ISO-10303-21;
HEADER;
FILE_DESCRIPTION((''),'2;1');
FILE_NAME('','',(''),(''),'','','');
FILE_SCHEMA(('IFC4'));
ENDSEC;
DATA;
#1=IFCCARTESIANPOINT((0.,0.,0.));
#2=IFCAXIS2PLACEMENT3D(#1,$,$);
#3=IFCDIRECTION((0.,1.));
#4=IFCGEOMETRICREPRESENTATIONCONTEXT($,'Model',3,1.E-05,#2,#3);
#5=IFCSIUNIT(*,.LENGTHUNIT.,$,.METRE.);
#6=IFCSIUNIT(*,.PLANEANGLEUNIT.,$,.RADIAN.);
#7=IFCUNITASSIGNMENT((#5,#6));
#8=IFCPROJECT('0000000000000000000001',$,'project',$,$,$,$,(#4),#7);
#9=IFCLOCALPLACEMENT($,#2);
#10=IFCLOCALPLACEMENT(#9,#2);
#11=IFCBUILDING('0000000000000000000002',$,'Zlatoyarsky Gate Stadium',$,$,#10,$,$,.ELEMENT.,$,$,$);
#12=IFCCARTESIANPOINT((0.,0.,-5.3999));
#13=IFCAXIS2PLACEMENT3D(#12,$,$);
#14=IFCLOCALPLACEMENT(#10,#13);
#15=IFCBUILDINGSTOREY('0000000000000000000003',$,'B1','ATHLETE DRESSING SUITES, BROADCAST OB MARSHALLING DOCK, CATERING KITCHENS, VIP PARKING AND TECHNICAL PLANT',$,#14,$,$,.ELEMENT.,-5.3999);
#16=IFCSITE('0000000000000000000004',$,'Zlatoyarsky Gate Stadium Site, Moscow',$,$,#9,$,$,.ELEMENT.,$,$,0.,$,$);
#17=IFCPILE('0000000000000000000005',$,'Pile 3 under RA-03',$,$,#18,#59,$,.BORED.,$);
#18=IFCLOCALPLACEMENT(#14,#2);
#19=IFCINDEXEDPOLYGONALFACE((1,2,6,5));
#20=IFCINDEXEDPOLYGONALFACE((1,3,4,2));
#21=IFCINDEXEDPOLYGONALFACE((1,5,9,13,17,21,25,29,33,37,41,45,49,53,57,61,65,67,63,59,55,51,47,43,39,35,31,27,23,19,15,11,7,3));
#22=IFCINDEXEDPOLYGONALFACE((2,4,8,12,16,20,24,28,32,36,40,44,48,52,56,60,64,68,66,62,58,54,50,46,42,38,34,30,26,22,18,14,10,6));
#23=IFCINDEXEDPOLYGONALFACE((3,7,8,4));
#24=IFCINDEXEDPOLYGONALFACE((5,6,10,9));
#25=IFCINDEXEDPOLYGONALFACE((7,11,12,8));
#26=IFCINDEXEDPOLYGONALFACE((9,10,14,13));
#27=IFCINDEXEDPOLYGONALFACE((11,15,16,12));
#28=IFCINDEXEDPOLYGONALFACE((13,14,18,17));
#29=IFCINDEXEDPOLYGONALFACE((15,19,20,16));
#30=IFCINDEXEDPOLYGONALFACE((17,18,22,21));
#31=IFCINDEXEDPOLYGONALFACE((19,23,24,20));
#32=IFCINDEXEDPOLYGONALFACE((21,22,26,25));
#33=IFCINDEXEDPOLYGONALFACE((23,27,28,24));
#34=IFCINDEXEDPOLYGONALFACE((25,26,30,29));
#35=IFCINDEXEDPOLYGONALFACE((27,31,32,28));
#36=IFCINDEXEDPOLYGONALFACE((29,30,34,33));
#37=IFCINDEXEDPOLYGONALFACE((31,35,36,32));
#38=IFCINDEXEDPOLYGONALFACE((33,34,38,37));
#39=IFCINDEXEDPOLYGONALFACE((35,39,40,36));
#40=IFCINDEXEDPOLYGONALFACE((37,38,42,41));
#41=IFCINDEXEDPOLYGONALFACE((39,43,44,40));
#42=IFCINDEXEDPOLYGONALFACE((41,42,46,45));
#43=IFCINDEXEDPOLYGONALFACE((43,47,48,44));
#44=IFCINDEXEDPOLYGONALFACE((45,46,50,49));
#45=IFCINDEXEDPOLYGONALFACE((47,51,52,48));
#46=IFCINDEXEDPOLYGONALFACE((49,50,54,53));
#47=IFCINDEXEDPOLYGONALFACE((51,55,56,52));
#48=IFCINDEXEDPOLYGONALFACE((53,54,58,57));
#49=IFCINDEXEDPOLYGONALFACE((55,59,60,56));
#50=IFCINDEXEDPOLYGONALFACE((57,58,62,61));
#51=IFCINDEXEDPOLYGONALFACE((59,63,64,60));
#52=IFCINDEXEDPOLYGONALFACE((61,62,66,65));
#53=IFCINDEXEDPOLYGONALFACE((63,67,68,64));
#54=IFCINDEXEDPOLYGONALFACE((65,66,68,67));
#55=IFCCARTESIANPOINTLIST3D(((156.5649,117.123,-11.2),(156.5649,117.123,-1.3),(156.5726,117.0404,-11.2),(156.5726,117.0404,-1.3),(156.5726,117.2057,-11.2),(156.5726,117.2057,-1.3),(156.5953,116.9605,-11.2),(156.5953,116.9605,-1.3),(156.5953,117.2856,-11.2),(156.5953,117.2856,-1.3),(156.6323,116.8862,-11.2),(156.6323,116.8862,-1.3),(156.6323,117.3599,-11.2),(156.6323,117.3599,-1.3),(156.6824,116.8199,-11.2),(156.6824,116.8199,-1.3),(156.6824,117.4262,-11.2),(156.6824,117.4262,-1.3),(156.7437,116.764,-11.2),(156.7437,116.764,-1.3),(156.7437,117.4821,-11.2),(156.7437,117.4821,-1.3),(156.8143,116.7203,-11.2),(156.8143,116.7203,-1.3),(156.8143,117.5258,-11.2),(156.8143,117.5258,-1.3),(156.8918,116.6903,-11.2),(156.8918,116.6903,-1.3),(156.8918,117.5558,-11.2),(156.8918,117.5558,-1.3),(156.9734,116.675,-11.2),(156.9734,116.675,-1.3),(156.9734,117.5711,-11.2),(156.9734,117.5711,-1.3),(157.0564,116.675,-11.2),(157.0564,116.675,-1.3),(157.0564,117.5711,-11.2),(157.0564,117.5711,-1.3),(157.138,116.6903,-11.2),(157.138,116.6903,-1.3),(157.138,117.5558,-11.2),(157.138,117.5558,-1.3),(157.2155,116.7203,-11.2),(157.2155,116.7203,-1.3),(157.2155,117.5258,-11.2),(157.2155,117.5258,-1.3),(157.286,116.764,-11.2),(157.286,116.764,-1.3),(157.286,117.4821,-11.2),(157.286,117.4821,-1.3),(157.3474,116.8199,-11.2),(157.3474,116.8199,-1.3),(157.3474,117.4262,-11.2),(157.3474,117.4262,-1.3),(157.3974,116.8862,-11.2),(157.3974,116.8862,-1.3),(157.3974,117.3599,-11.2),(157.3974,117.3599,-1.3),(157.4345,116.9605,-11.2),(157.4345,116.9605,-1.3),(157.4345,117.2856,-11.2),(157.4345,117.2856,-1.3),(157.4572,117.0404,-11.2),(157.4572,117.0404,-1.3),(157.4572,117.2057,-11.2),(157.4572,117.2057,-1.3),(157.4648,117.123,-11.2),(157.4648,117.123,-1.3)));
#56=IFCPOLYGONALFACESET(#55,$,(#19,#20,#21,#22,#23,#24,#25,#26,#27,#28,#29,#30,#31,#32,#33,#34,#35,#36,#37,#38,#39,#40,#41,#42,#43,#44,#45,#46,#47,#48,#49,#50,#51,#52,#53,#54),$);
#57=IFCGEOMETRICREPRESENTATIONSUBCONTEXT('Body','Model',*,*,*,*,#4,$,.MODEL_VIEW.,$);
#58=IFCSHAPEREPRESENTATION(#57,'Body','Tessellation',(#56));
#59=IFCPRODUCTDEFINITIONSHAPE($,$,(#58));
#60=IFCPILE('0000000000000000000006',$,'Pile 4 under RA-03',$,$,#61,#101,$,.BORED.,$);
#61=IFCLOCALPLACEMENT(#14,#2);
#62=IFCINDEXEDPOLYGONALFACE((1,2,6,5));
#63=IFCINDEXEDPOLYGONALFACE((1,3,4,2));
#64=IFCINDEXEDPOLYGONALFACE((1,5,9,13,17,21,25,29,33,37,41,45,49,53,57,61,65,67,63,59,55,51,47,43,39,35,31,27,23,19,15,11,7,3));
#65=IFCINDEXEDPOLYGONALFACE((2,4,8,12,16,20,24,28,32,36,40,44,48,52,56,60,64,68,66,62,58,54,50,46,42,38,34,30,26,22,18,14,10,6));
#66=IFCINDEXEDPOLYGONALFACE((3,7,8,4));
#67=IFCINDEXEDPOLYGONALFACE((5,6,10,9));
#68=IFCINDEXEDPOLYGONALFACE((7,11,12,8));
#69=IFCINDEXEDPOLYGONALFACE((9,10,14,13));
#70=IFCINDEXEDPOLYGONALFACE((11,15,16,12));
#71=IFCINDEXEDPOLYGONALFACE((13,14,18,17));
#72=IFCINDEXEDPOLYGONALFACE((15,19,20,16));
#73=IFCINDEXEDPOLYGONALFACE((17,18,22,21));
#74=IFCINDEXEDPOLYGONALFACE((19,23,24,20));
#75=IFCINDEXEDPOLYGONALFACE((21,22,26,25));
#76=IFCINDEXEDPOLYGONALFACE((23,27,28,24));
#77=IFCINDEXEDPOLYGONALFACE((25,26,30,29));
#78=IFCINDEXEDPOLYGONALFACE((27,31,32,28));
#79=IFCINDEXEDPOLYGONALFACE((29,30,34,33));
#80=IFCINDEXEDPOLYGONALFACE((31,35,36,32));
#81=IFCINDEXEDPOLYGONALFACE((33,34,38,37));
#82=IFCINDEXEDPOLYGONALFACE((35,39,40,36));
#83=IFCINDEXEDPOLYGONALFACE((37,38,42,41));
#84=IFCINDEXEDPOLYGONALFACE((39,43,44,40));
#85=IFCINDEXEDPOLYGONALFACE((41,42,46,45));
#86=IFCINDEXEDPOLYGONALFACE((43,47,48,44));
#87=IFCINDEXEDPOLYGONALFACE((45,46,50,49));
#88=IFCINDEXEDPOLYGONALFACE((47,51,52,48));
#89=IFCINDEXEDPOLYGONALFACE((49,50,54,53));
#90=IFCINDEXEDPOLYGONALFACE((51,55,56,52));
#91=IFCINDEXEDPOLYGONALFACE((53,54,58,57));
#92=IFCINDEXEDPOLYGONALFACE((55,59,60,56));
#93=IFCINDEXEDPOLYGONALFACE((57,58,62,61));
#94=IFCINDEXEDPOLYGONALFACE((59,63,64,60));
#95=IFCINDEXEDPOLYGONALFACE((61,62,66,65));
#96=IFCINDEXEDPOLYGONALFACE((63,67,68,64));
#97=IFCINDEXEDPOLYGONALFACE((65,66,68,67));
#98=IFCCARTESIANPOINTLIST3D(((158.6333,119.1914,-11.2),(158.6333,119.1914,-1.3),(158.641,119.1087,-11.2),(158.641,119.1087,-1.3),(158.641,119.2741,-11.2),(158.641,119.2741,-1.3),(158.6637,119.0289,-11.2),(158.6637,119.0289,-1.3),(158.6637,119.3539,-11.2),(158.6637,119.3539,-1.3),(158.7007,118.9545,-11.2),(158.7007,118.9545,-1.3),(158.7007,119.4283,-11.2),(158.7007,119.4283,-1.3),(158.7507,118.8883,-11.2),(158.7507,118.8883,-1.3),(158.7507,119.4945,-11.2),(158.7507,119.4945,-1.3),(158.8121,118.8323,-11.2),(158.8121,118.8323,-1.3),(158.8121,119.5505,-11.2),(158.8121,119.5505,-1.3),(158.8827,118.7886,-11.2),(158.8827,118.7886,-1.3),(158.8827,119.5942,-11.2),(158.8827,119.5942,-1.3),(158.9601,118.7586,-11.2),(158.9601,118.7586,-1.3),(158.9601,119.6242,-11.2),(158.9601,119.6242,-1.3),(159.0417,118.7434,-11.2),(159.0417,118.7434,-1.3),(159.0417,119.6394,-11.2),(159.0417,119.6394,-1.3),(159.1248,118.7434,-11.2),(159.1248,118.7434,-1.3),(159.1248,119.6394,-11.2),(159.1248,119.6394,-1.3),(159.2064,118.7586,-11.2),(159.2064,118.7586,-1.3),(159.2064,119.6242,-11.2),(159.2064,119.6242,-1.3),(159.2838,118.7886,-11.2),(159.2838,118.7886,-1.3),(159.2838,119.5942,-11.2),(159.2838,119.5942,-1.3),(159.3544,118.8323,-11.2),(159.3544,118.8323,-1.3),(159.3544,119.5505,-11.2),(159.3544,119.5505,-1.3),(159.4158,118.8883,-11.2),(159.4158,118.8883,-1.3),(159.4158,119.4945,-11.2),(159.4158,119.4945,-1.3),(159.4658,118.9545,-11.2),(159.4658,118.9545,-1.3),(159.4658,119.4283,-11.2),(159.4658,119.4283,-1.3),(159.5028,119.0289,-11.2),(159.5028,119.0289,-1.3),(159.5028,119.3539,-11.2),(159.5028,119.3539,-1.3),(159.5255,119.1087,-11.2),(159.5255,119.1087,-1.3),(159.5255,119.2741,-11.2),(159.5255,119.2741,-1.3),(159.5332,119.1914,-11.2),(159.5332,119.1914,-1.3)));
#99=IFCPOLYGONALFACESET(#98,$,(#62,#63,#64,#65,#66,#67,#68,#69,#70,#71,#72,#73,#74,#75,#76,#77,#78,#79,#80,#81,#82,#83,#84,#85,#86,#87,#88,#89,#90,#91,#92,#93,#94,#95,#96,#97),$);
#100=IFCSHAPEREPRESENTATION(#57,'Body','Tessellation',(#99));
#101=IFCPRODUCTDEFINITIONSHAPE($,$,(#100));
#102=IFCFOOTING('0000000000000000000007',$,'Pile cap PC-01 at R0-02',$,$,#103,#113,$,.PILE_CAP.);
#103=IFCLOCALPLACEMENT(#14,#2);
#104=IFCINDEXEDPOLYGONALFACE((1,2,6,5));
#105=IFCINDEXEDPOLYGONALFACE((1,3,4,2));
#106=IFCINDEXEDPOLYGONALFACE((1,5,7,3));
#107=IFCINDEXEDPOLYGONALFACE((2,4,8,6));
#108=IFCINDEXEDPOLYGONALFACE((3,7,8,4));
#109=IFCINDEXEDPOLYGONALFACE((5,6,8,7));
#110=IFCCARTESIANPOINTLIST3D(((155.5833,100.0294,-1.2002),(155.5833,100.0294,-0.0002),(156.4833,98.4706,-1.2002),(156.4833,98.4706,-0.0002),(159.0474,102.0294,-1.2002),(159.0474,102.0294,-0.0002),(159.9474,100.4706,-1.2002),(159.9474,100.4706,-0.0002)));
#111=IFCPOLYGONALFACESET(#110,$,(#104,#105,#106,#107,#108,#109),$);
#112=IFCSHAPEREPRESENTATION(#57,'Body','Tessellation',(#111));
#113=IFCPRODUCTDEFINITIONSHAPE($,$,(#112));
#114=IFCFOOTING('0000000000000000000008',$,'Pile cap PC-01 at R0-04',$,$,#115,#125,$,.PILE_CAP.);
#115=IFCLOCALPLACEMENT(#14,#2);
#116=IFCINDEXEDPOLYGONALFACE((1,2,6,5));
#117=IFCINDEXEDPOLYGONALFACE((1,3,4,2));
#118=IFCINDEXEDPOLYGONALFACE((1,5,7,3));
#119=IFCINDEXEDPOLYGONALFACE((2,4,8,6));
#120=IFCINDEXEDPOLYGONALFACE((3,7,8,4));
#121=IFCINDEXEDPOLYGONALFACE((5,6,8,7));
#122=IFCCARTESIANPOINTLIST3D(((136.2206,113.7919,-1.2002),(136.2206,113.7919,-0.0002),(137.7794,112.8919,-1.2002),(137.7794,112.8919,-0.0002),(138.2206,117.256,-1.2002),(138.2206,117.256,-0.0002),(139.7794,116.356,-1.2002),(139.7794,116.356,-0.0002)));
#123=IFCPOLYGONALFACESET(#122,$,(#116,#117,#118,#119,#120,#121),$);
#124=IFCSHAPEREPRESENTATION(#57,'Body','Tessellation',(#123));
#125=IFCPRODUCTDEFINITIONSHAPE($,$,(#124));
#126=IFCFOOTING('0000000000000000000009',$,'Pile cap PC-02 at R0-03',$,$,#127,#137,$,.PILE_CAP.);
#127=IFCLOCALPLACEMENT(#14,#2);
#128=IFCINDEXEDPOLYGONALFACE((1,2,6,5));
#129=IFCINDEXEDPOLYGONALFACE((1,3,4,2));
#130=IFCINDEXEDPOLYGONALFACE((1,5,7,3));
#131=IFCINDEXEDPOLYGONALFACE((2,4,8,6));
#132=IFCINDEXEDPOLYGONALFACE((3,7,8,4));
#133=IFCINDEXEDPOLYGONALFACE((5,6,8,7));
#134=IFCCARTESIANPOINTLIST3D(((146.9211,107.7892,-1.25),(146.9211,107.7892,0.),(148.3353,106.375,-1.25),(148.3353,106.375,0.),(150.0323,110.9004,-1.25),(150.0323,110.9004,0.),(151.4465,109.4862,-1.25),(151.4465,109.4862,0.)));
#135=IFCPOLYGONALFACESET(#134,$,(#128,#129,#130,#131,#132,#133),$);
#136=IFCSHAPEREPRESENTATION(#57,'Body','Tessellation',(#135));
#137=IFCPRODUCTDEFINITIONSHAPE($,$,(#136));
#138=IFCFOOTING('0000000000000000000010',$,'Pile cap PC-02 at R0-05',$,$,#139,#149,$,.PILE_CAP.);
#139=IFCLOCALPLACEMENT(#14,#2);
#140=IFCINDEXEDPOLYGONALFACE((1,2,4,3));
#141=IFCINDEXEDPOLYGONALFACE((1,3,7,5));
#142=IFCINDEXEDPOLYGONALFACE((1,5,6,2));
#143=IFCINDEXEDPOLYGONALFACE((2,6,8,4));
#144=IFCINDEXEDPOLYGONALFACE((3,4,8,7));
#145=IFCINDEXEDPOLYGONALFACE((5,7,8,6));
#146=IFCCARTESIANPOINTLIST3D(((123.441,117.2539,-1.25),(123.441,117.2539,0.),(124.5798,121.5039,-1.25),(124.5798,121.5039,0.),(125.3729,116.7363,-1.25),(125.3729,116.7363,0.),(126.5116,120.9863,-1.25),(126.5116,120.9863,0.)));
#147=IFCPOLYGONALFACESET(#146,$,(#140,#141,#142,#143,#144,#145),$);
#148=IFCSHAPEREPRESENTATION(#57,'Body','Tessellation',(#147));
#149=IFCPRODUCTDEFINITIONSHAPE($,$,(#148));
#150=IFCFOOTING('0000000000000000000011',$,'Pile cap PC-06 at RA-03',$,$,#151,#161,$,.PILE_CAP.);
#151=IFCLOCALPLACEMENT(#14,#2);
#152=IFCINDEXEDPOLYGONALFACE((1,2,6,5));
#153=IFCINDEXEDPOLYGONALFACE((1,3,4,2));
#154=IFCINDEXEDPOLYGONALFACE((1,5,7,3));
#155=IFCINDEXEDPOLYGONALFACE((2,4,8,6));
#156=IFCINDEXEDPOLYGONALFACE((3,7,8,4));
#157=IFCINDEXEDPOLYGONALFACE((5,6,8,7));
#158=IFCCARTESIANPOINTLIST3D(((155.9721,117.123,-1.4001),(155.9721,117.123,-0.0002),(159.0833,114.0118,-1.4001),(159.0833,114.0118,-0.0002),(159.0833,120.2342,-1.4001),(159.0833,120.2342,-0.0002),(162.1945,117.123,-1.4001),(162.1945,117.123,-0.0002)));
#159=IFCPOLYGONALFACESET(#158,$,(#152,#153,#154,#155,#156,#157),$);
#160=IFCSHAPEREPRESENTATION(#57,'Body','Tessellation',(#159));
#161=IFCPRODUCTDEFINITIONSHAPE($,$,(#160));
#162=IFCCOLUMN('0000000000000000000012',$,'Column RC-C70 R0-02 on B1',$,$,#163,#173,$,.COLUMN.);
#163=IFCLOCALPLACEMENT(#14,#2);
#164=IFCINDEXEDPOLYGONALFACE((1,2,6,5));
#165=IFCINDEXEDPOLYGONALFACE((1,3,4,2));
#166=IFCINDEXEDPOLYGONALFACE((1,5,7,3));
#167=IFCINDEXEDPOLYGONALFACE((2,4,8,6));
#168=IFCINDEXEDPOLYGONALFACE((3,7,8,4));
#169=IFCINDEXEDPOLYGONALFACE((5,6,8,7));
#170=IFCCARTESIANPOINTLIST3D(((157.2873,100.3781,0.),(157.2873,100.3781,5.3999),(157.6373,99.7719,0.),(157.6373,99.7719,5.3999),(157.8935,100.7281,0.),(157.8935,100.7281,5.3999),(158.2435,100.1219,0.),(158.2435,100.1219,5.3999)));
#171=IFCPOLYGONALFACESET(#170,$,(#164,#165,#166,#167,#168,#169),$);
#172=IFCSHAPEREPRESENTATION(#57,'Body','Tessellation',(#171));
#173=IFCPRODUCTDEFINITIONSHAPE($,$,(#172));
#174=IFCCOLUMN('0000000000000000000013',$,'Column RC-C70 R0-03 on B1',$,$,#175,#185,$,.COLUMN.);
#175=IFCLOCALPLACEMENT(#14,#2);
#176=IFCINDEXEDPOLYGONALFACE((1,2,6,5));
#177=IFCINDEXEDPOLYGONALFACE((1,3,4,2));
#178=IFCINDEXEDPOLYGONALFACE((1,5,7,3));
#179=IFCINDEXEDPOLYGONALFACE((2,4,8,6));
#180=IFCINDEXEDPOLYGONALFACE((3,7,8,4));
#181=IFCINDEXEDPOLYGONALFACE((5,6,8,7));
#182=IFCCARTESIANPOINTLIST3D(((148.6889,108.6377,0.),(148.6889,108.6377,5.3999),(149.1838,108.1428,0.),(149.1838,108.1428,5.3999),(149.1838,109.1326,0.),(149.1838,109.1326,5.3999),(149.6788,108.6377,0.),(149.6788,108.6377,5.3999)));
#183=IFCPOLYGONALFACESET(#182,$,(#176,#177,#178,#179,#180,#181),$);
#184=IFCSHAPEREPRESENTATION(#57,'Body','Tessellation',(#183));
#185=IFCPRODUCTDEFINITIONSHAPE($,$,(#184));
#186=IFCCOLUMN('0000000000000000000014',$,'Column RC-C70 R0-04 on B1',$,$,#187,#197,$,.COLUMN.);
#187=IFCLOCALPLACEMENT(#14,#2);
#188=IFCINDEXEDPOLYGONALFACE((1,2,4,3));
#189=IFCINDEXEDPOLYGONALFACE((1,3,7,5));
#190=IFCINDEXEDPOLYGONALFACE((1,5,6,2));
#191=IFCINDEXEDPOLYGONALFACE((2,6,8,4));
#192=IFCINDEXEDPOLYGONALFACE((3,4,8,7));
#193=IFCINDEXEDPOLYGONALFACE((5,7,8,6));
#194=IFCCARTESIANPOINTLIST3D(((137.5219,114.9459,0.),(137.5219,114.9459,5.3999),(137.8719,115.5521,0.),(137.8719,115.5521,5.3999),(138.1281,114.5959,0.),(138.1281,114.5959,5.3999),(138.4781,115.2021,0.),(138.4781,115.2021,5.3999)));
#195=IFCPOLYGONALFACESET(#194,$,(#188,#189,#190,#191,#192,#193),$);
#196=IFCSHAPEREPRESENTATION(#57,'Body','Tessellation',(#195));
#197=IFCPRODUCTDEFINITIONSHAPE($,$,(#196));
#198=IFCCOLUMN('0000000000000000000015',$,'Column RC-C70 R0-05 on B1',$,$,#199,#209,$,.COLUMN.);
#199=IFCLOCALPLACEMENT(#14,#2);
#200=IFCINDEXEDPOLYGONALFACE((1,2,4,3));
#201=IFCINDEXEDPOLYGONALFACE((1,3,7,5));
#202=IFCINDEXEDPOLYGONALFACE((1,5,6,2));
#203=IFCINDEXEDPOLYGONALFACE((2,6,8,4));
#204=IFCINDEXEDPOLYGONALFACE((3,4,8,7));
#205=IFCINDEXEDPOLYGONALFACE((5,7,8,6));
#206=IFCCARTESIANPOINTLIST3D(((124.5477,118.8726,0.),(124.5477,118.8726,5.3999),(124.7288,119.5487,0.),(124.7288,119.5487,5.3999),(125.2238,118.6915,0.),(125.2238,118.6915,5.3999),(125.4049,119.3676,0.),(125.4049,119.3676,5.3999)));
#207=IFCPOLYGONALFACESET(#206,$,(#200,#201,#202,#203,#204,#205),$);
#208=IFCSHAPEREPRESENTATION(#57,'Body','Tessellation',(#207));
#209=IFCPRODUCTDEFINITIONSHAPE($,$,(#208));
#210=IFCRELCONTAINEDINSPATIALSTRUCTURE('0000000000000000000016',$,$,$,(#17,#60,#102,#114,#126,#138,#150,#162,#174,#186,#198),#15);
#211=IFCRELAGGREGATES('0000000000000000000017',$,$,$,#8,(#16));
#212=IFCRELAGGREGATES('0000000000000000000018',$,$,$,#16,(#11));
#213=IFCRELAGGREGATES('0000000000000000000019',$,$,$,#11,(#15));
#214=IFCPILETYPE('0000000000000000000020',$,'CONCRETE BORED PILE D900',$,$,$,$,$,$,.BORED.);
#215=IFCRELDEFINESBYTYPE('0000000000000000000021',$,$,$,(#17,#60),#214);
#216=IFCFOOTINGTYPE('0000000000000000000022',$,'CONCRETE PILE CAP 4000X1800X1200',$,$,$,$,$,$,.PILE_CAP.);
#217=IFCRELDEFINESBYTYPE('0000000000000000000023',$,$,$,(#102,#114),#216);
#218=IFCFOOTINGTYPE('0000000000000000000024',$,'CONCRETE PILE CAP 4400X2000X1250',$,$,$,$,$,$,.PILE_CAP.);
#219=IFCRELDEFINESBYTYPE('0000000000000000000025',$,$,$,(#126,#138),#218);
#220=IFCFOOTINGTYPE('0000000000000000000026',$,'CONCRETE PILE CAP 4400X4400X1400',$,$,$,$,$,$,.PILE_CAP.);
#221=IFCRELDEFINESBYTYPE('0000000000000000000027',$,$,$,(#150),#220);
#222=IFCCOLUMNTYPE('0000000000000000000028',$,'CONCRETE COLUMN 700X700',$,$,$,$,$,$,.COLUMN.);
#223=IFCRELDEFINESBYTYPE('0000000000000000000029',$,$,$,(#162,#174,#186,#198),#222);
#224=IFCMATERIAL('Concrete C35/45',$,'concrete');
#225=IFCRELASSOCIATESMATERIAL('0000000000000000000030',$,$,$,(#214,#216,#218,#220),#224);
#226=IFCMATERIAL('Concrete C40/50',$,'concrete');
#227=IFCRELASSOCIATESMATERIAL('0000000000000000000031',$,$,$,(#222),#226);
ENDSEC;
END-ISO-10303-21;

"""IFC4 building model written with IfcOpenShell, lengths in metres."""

from ifc_helpers import new_model, si_unit, direction, frame, origin, origin_2d, place, context, subcontext, project, spatial, rectangle, circle, extrude, material, material_profile, profile_set, type_object, element, save


model = new_model("IFC4")

# Units and contexts
model_context = context("Model", 3, precision=1e-05, world=origin(), true_north=direction((0.0, 1.0)))
body_context = subcontext(model_context, "Body", "Model", "MODEL_VIEW")
ifc_project = project(units=[si_unit("LENGTHUNIT", "METRE"), si_unit("PLANEANGLEUNIT", "RADIAN")], contexts=[model_context])

# Site, building, storey
site_placement = place(None, origin())
site = spatial("IfcSite", under=ifc_project, at=site_placement, Name="Zlatoyarsky Gate Stadium Site, Moscow", CompositionType="ELEMENT", RefElevation=0.0)
building_placement = place(site_placement, origin())
building = spatial("IfcBuilding", under=site, at=building_placement, Name="Zlatoyarsky Gate Stadium", CompositionType="ELEMENT")
storey_placement = place(building_placement, frame((0.0, 0.0, -5.3999)))
storey = spatial("IfcBuildingStorey", under=building, at=storey_placement, Name="B1", Description="ATHLETE DRESSING SUITES, BROADCAST OB MARSHALLING DOCK, CATERING KITCHENS, VIP PARKING AND TECHNICAL PLANT", CompositionType="ELEMENT", Elevation=-5.3999)

# Piles
ifc_material_1 = material(Name="Concrete C35/45", Category="concrete")
ifc_material_profile_1 = material_profile(ifc_material_1, circle(Radius=0.45, at=origin_2d()), Name="BORED PILE D900")
ifc_profile_set_1 = profile_set([ifc_material_profile_1], Name="Concrete C35/45")
pile_type_1 = type_object("IfcPileType", Name="CONCRETE BORED PILE D900", PredefinedType="BORED", material=ifc_profile_set_1)
for number, where, z_axis, x_axis, name in (
    (1, (157.0149, 117.123, -1.3), (0.0, 0.0, -1.0), (1.0, 0.0, 0.0), "Pile 3 under RA-03"),
    (2, (159.0833, 119.1914, -1.3), (0.0, 0.0, -1.0), (1.0, 0.0, 0.0), "Pile 4 under RA-03"),
):
    element("IfcPile", number, at=place(storey_placement, frame(where, z_axis=z_axis, x_axis=x_axis)), inside=storey, type_object=pile_type_1, Name=name, PredefinedType="BORED", context=body_context, shape_type="SweptSolid", body=[
        extrude(circle(Radius=0.45, at=origin_2d()), origin(), (0.0, 0.0, 1.0), 9.8999),
    ])

# Footings
footing_type_1 = type_object("IfcFootingType", Name="CONCRETE PILE CAP 4000X1800X1200", PredefinedType="PILE_CAP", material=ifc_material_1)
for number, where, z_axis, x_axis, name in (
    (3, (157.7654, 100.25, -1.2002), (0.0, 0.0, 1.0), (0.866025, 0.5, 0.0), "Pile cap PC-01 at R0-02"),
    (4, (138.0, 115.074, -1.2002), (0.0, 0.0, 1.0), (0.5, 0.866025, 0.0), "Pile cap PC-01 at R0-04"),
):
    element("IfcFooting", number, at=place(storey_placement, frame(where, z_axis=z_axis, x_axis=x_axis)), inside=storey, type_object=footing_type_1, Name=name, PredefinedType="PILE_CAP", context=body_context, shape_type="SweptSolid", body=[
        extrude(rectangle(XDim=4.0, YDim=1.8, at=origin_2d()), origin(), (0.0, 0.0, 1.0), 1.2),
    ])
footing_type_2 = type_object("IfcFootingType", Name="CONCRETE PILE CAP 4400X2000X1250", PredefinedType="PILE_CAP", material=ifc_material_1)
for number, where, z_axis, x_axis, name in (
    (5, (149.1838, 108.6377, -1.25), (0.0, 0.0, 1.0), (0.707107, 0.707107, 0.0), "Pile cap PC-02 at R0-03"),
    (6, (124.9763, 119.1201, -1.25), (0.0, 0.0, 1.0), (0.258819, 0.965926, 0.0), "Pile cap PC-02 at R0-05"),
):
    element("IfcFooting", number, at=place(storey_placement, frame(where, z_axis=z_axis, x_axis=x_axis)), inside=storey, type_object=footing_type_2, Name=name, PredefinedType="PILE_CAP", context=body_context, shape_type="SweptSolid", body=[
        extrude(rectangle(XDim=4.3999, YDim=2.0, at=origin_2d()), origin(), (0.0, 0.0, 1.0), 1.25),
    ])
footing_type_3 = type_object("IfcFootingType", Name="CONCRETE PILE CAP 4400X4400X1400", PredefinedType="PILE_CAP", material=ifc_material_1)
footing_placement = place(storey_placement, frame((159.0833, 117.123, -1.4001), z_axis=(0.0, 0.0, 1.0), x_axis=(0.707107, 0.707107, 0.0)))
element("IfcFooting", 7, at=footing_placement, inside=storey, type_object=footing_type_3, Name="Pile cap PC-06 at RA-03", PredefinedType="PILE_CAP", context=body_context, shape_type="SweptSolid", body=[
    extrude(rectangle(XDim=4.3999, YDim=4.3999, at=origin_2d()), origin(), (0.0, 0.0, 1.0), 1.3999),
])

# Columns
ifc_material_2 = material(Name="Concrete C40/50", Category="concrete")
ifc_material_profile_2 = material_profile(ifc_material_2, rectangle(XDim=0.7, YDim=0.7, at=origin_2d()), Name="RC COL 700X700")
ifc_profile_set_2 = profile_set([ifc_material_profile_2], Name="Concrete C40/50")
column_type_1 = type_object("IfcColumnType", Name="CONCRETE COLUMN 700X700", PredefinedType="COLUMN", material=ifc_profile_set_2)
for number, where, z_axis, x_axis, name in (
    (8, (157.7654, 100.25, 0.0), (0.0, 0.0, 1.0), (0.866025, 0.5, 0.0), "Column RC-C70 R0-02 on B1"),
    (9, (149.1838, 108.6377, 0.0), (0.0, 0.0, 1.0), (0.707107, 0.707107, 0.0), "Column RC-C70 R0-03 on B1"),
    (10, (138.0, 115.074, 0.0), (0.0, 0.0, 1.0), (0.5, 0.866025, 0.0), "Column RC-C70 R0-04 on B1"),
    (11, (124.9763, 119.1201, 0.0), (0.0, 0.0, 1.0), (0.258819, 0.965926, 0.0), "Column RC-C70 R0-05 on B1"),
):
    element("IfcColumn", number, at=place(storey_placement, frame(where, z_axis=z_axis, x_axis=x_axis)), inside=storey, type_object=column_type_1, Name=name, PredefinedType="COLUMN", context=body_context, shape_type="SweptSolid", body=[
        extrude(rectangle(XDim=0.7, YDim=0.7, at=origin_2d()), origin(), (0.0, 0.0, 1.0), 5.3999),
    ])

save(model, "model.ifc")
